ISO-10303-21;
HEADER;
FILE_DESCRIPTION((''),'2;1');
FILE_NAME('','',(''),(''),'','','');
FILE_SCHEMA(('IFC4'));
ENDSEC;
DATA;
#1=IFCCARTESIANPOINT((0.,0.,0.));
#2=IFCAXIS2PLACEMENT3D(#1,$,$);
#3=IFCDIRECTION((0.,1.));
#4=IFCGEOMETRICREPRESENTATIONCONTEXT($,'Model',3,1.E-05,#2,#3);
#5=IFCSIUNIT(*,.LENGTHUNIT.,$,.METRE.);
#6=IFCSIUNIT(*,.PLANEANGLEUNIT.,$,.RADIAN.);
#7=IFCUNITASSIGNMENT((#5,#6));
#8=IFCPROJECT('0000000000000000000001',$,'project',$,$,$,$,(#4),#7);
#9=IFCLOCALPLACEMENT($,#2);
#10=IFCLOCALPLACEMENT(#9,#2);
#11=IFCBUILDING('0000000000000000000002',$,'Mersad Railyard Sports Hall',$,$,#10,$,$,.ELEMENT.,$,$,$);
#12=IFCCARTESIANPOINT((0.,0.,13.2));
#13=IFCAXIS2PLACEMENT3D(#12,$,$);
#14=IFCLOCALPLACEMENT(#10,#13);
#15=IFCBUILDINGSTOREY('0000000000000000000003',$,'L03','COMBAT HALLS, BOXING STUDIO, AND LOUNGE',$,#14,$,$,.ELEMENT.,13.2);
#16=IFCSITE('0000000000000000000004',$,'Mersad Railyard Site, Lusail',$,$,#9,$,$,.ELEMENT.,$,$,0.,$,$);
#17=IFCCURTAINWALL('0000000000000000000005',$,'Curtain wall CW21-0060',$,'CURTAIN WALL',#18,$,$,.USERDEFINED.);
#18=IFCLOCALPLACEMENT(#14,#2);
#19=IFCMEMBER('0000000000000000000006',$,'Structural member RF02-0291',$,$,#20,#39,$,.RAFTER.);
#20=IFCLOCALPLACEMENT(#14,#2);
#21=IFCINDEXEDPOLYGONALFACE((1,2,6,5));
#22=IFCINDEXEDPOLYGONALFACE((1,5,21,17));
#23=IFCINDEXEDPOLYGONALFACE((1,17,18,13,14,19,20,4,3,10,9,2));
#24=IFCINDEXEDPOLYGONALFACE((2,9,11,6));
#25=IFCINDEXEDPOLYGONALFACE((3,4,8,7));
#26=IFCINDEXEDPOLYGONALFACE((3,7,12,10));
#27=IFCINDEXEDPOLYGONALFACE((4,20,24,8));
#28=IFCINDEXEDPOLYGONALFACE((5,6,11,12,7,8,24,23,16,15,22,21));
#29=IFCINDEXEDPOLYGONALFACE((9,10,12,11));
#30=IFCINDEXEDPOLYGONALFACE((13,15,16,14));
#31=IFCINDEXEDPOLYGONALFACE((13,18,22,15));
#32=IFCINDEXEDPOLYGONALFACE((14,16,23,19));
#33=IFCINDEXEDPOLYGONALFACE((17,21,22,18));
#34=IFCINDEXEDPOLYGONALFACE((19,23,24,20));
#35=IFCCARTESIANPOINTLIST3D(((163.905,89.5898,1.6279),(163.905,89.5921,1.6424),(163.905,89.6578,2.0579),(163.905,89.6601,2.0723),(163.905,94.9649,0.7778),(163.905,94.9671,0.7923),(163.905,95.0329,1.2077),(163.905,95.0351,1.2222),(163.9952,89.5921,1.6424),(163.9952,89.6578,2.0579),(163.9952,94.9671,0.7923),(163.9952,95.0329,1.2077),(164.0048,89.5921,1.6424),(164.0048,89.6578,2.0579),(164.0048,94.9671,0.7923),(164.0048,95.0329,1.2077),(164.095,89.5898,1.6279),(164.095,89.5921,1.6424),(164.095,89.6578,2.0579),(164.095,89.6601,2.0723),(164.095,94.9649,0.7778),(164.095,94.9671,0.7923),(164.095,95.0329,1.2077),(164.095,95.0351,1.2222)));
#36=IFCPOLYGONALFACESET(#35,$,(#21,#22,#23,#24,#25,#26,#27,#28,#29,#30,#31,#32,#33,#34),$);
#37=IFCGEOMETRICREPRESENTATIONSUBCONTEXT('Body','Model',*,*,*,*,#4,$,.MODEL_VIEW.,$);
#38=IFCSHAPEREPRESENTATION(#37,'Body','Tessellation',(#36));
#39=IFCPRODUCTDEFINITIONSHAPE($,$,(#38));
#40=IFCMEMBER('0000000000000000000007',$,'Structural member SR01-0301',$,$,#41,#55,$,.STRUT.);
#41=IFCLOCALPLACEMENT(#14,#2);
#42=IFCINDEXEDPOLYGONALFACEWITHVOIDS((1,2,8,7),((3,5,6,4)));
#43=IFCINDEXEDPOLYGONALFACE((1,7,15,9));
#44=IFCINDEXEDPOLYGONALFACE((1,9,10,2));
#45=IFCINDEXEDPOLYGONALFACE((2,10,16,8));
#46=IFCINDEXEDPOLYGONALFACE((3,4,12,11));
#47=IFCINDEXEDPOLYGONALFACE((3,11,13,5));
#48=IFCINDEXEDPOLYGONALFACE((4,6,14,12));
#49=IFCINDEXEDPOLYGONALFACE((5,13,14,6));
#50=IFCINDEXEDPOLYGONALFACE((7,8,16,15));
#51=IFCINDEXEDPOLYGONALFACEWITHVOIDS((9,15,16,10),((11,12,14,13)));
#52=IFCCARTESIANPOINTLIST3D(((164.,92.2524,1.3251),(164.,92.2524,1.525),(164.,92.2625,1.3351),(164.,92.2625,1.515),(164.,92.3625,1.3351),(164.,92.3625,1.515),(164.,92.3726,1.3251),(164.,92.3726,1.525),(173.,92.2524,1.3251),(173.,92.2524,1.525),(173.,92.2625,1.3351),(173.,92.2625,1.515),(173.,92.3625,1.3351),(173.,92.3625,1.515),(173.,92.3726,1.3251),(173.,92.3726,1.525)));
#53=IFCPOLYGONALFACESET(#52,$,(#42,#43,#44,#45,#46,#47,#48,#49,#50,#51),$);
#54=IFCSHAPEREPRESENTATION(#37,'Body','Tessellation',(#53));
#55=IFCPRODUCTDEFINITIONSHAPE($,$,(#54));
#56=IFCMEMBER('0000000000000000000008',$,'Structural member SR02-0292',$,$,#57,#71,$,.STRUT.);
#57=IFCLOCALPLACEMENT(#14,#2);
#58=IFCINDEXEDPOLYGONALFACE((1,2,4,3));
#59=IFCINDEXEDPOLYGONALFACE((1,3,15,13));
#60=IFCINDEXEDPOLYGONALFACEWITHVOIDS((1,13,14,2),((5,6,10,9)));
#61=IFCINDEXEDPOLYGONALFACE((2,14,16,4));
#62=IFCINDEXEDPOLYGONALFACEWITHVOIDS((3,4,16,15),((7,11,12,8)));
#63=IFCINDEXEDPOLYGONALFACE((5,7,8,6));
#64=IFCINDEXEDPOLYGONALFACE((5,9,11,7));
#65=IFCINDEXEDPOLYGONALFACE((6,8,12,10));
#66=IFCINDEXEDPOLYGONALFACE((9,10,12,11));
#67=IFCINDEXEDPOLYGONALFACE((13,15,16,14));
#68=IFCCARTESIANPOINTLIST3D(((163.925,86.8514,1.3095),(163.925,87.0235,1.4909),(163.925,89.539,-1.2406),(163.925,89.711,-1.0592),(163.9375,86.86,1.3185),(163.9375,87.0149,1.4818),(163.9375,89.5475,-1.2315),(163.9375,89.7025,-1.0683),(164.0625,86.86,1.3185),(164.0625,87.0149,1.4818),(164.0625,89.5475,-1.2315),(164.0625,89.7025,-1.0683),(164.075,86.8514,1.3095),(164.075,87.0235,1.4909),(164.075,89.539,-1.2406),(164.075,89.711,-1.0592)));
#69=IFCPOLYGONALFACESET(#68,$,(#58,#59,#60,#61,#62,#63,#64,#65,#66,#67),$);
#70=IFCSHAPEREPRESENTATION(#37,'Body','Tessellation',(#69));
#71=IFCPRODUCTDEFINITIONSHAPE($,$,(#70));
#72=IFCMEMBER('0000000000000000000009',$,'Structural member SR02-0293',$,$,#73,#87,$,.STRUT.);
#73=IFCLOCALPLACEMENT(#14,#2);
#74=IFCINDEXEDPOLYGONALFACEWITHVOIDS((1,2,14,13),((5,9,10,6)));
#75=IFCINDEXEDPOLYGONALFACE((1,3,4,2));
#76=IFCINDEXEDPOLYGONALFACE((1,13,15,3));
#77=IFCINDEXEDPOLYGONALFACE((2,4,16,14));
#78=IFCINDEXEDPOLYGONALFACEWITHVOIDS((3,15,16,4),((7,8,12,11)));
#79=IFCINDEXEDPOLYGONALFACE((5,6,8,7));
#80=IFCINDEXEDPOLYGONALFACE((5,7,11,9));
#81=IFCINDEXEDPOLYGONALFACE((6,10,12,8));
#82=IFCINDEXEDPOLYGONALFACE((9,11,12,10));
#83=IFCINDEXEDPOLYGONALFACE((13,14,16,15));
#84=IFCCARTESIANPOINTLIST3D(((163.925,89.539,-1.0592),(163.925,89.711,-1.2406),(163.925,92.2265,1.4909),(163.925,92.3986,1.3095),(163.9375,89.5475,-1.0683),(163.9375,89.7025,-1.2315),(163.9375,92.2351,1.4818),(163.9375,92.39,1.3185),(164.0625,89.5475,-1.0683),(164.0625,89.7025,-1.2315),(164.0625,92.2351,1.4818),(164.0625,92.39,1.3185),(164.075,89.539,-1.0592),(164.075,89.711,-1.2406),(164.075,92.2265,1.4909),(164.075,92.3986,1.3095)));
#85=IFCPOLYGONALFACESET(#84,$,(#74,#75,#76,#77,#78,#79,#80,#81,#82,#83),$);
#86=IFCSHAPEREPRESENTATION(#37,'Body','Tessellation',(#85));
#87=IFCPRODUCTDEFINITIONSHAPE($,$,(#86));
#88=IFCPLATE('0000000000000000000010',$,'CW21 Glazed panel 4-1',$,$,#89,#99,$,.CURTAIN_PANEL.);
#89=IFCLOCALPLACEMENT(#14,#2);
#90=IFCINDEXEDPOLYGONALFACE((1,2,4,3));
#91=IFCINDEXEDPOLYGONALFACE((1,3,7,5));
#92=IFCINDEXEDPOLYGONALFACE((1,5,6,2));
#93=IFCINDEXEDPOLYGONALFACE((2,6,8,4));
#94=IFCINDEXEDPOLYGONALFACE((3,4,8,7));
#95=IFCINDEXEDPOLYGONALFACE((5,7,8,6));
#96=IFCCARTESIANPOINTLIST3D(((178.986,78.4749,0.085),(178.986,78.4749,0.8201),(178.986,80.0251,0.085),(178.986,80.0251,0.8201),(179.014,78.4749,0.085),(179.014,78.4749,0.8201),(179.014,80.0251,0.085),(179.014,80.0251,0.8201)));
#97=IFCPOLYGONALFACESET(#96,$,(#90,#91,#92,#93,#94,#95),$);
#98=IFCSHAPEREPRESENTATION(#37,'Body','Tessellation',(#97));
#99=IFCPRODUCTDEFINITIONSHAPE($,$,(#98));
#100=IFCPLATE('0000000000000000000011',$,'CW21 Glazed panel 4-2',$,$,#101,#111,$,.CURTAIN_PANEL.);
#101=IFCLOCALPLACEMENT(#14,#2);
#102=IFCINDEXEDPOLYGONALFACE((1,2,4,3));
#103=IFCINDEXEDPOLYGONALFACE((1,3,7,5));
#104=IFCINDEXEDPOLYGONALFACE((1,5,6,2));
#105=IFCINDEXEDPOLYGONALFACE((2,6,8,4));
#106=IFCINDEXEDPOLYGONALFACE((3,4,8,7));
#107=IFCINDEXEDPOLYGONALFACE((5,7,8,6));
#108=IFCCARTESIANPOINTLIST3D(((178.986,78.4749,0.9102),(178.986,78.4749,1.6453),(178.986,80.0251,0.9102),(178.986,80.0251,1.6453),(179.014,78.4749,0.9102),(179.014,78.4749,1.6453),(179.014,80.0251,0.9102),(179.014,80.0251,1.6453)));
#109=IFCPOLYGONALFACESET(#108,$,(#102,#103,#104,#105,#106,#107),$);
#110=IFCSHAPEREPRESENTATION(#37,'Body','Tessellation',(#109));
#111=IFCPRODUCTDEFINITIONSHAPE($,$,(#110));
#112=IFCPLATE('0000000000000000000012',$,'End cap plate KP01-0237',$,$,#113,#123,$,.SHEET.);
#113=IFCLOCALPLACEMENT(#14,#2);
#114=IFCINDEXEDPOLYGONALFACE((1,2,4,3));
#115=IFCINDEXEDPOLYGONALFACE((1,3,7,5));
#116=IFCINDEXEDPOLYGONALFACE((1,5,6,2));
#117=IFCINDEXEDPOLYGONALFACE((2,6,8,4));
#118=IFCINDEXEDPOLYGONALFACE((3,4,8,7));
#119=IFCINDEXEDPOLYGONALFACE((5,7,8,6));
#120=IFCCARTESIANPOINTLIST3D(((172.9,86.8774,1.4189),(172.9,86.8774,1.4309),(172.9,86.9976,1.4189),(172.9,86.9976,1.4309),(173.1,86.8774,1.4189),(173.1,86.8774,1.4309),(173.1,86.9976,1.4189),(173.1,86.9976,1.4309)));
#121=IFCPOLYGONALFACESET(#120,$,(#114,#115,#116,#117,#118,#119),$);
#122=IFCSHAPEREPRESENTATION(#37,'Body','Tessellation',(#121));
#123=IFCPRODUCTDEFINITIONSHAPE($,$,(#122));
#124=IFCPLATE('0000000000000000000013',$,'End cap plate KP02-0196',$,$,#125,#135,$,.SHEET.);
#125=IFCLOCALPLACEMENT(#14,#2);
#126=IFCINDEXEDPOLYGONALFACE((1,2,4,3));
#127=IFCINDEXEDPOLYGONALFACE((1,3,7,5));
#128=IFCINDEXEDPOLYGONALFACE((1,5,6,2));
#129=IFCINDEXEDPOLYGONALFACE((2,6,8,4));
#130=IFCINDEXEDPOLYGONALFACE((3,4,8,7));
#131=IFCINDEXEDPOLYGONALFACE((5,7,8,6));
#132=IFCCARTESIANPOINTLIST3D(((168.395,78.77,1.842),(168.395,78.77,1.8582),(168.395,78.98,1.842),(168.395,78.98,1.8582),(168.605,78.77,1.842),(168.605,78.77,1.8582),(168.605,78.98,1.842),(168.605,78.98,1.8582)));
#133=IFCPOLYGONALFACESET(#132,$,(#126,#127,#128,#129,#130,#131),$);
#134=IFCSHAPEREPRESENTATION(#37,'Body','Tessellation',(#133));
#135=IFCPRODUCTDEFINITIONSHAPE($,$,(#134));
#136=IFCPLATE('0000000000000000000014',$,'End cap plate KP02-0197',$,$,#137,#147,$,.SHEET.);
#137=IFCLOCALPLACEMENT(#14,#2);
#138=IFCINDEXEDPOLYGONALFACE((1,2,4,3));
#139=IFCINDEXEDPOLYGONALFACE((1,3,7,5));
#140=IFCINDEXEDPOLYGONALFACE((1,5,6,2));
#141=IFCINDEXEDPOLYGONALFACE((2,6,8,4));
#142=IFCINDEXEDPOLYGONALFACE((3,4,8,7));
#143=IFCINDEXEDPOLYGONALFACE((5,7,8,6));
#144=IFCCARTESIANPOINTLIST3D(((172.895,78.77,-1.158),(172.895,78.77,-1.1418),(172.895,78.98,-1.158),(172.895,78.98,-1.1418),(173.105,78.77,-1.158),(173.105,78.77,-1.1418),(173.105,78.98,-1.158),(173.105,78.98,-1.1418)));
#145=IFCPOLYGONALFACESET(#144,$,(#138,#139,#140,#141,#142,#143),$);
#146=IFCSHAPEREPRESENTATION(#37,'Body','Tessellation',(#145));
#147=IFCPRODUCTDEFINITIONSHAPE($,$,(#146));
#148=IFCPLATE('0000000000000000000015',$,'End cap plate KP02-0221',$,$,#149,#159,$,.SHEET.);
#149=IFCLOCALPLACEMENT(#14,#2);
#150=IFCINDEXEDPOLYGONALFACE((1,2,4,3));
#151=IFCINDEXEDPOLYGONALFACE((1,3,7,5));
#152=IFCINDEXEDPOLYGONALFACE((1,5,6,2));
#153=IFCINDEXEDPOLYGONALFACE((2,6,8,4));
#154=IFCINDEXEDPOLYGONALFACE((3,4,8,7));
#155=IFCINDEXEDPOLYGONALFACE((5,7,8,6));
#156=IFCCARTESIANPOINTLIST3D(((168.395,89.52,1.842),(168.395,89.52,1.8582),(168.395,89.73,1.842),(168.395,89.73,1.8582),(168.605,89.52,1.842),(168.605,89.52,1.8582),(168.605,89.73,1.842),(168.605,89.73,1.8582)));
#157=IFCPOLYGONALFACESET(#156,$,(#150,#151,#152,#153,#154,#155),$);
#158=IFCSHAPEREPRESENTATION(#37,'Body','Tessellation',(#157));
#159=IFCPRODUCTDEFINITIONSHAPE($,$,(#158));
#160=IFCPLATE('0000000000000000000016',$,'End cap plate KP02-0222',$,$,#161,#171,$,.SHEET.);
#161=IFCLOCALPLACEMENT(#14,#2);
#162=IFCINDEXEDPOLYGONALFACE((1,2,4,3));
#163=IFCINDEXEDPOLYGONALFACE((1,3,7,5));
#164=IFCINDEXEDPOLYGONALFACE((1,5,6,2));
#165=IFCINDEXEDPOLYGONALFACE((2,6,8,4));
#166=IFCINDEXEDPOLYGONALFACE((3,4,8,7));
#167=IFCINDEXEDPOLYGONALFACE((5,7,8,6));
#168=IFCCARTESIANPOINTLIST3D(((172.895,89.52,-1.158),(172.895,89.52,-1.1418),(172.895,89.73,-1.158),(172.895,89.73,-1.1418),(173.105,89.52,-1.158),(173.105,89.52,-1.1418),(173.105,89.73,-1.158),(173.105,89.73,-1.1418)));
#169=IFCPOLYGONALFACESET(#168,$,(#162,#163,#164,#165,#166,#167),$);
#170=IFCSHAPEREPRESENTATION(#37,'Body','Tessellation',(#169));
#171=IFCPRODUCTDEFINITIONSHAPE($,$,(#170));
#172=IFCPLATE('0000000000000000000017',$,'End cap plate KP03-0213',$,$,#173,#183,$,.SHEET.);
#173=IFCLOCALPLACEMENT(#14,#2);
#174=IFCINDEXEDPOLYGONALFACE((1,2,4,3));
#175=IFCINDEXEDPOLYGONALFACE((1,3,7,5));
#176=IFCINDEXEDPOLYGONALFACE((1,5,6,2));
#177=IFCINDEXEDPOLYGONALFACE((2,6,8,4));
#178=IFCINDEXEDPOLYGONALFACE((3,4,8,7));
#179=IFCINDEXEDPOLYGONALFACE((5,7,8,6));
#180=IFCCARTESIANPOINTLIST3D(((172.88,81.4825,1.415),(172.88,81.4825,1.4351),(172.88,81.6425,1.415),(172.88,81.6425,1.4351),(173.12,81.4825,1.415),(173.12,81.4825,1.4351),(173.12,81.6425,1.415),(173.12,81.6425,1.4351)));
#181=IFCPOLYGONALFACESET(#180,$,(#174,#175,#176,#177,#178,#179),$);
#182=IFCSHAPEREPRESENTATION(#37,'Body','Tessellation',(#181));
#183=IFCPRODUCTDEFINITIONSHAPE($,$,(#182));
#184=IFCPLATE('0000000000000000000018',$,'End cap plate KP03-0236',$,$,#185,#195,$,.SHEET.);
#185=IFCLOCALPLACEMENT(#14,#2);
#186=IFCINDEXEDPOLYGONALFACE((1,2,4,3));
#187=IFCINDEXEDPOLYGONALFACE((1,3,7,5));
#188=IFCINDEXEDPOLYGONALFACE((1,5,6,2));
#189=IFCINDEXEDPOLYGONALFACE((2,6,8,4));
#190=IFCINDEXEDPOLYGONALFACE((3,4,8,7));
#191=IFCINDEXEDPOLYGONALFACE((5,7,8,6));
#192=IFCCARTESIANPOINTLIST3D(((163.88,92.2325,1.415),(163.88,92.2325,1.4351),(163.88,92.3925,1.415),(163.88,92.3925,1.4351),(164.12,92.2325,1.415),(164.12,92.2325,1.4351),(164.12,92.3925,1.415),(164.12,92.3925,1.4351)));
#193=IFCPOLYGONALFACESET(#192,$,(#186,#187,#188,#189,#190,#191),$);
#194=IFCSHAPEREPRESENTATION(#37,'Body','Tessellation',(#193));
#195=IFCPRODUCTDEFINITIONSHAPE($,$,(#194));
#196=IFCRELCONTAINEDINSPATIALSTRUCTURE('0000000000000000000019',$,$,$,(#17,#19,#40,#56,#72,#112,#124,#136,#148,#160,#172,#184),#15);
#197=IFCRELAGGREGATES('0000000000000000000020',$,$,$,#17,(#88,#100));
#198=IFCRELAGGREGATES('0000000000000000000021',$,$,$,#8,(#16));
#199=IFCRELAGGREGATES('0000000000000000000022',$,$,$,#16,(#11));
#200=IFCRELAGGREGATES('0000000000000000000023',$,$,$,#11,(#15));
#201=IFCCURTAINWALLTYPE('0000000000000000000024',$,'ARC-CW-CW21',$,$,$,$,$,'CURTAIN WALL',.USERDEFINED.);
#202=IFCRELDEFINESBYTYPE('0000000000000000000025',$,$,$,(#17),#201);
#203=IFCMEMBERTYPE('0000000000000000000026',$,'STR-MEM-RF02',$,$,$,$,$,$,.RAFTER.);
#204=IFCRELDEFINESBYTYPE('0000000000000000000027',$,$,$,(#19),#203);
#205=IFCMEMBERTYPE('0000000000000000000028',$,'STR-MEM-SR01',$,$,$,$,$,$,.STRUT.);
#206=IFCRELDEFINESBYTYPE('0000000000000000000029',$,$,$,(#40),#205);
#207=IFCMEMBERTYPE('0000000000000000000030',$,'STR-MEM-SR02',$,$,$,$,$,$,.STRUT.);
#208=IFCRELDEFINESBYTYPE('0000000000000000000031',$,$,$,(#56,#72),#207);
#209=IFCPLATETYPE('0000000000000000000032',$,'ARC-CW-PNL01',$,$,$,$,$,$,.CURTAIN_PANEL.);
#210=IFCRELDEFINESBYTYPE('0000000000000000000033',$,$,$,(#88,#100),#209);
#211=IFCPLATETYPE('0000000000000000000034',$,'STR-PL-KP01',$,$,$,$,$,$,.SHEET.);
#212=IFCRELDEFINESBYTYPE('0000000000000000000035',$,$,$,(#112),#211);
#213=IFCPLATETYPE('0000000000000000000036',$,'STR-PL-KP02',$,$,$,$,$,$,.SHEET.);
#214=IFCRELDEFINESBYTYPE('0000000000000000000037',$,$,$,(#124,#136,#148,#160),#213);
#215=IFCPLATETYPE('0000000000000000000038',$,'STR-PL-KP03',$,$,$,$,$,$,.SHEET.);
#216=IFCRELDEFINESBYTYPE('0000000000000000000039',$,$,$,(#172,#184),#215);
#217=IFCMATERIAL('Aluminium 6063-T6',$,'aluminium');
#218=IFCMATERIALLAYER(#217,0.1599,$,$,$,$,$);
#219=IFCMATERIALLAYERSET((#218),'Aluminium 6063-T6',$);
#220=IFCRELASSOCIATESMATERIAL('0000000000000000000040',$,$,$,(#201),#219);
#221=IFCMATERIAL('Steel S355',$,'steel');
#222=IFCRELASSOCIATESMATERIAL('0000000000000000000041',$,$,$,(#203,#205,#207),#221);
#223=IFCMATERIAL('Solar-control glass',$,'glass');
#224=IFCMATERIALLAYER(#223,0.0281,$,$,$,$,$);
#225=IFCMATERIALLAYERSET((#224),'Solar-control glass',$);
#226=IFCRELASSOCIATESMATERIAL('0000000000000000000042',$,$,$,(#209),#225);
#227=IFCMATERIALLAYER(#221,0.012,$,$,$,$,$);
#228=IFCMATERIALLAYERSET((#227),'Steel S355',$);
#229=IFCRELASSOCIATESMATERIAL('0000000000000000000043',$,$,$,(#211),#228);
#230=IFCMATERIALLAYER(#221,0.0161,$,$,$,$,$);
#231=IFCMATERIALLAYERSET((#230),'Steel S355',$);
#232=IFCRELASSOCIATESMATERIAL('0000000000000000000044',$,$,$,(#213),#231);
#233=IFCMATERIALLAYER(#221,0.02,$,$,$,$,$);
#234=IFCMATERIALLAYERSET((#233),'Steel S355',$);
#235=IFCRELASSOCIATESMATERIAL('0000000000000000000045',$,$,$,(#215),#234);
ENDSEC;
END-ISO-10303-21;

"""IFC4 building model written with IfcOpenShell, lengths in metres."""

from ifc_helpers import new_model, si_unit, direction, frame, origin, origin_2d, place, context, subcontext, project, spatial, rectangle, hollow_rectangle, i_section, extrude, material, layer, layer_set, material_profile, profile_set, type_object, element, aggregate, save


model = new_model("IFC4")

# Units and contexts
model_context = context("Model", 3, precision=1e-05, world=origin(), true_north=direction((0.0, 1.0)))
body_context = subcontext(model_context, "Body", "Model", "MODEL_VIEW")
ifc_project = project(units=[si_unit("LENGTHUNIT", "METRE"), si_unit("PLANEANGLEUNIT", "RADIAN")], contexts=[model_context])

# Site, building, storey
site_placement = place(None, origin())
site = spatial("IfcSite", under=ifc_project, at=site_placement, Name="Mersad Railyard Site, Lusail", CompositionType="ELEMENT", RefElevation=0.0)
building_placement = place(site_placement, origin())
building = spatial("IfcBuilding", under=site, at=building_placement, Name="Mersad Railyard Sports Hall", CompositionType="ELEMENT")
storey_placement = place(building_placement, frame((0.0, 0.0, 13.2)))
storey = spatial("IfcBuildingStorey", under=building, at=storey_placement, Name="L03", Description="COMBAT HALLS, BOXING STUDIO, AND LOUNGE", CompositionType="ELEMENT", Elevation=13.2)

# Curtain wall
ifc_material_1 = material(Name="Aluminium 6063-T6", Category="aluminium")
ifc_layer_1 = layer(ifc_material_1, 0.1599)
ifc_layer_set_1 = layer_set([ifc_layer_1], Name="Aluminium 6063-T6")
curtain_wall_type = type_object("IfcCurtainWallType", Name="ARC-CW-CW21", ElementType="CURTAIN WALL", PredefinedType="USERDEFINED", material=ifc_layer_set_1)
curtain_wall_placement = place(storey_placement, origin())
curtain_wall = element("IfcCurtainWall", 1, at=curtain_wall_placement, inside=storey, type_object=curtain_wall_type, Name="Curtain wall CW21-0060", ObjectType="CURTAIN WALL", PredefinedType="USERDEFINED")

# Members
ifc_material_2 = material(Name="Steel S355", Category="steel")
ifc_material_profile_1 = material_profile(ifc_material_2, i_section(OverallWidth=0.1899, OverallDepth=0.45, WebThickness=0.0095, FlangeThickness=0.0146, at=origin_2d()), Name="IPE 450")
ifc_profile_set_1 = profile_set([ifc_material_profile_1], Name="Steel S355")
member_type_1 = type_object("IfcMemberType", Name="STR-MEM-RF02", PredefinedType="RAFTER", material=ifc_profile_set_1)
member_1_placement = place(storey_placement, frame((164.0, 95.0, 1.0), z_axis=(0.0, -0.987723, 0.156216), x_axis=(1.0, 0.0, 0.0)))
element("IfcMember", 2, at=member_1_placement, inside=storey, type_object=member_type_1, Name="Structural member RF02-0291", PredefinedType="RAFTER", context=body_context, shape_type="SweptSolid", body=[
    extrude(i_section(OverallWidth=0.1899, OverallDepth=0.45, WebThickness=0.0095, FlangeThickness=0.0146, at=origin_2d()), origin(), (0.0, 0.0, 1.0), 5.4419),
])
ifc_material_profile_2 = material_profile(ifc_material_2, hollow_rectangle(XDim=0.1201, YDim=0.2, WallThickness=0.01, at=origin_2d()), Name="RHS 200x120x10")
ifc_profile_set_2 = profile_set([ifc_material_profile_2], Name="Steel S355")
member_type_2 = type_object("IfcMemberType", Name="STR-MEM-SR01", PredefinedType="STRUT", material=ifc_profile_set_2)
member_2_placement = place(storey_placement, frame((164.0, 92.3125, 1.425), z_axis=(1.0, 0.0, 0.0), x_axis=(0.0, 1.0, 0.0)))
element("IfcMember", 3, at=member_2_placement, inside=storey, type_object=member_type_2, Name="Structural member SR01-0301", PredefinedType="STRUT", context=body_context, shape_type="SweptSolid", body=[
    extrude(hollow_rectangle(XDim=0.1201, YDim=0.2, WallThickness=0.01, at=origin_2d()), origin(), (0.0, 0.0, 1.0), 9.0),
])
ifc_material_profile_3 = material_profile(ifc_material_2, hollow_rectangle(XDim=0.1499, YDim=0.25, WallThickness=0.0125, at=origin_2d()), Name="RHS 250x150x12.5")
ifc_profile_set_3 = profile_set([ifc_material_profile_3], Name="Steel S355")
member_type_3 = type_object("IfcMemberType", Name="STR-MEM-SR02", PredefinedType="STRUT", material=ifc_profile_set_3)
for number, where, z_axis, x_axis, name in (
    (4, (164.0, 89.625, -1.1499), (0.0, -0.725414, 0.688313), (1.0, 0.0, 0.0), "Structural member SR02-0292"),
    (5, (164.0, 89.625, -1.1499), (0.0, 0.725414, 0.688313), (-1.0, 0.0, 0.0), "Structural member SR02-0293"),
):
    element("IfcMember", number, at=place(storey_placement, frame(where, z_axis=z_axis, x_axis=x_axis)), inside=storey, type_object=member_type_3, Name=name, PredefinedType="STRUT", context=body_context, shape_type="SweptSolid", body=[
        extrude(hollow_rectangle(XDim=0.1499, YDim=0.25, WallThickness=0.0125, at=origin_2d()), origin(), (0.0, 0.0, 1.0), 3.7048),
    ])

# Plates
ifc_material_3 = material(Name="Solar-control glass", Category="glass")
ifc_layer_2 = layer(ifc_material_3, 0.0281)
ifc_layer_set_2 = layer_set([ifc_layer_2], Name="Solar-control glass")
plate_type_1 = type_object("IfcPlateType", Name="ARC-CW-PNL01", PredefinedType="CURTAIN_PANEL", material=ifc_layer_set_2)
plate_1_placement = place(storey_placement, frame((179.0, 79.25, 0.085), z_axis=(0.0, 0.0, 1.0), x_axis=(0.0, -1.0, 0.0)))
plate_1 = element("IfcPlate", 6, at=plate_1_placement, type_object=plate_type_1, Name="CW21 Glazed panel 4-1", PredefinedType="CURTAIN_PANEL", context=body_context, shape_type="SweptSolid", body=[
    extrude(rectangle(XDim=1.5503, YDim=0.0281, at=origin_2d()), origin(), (0.0, 0.0, 1.0), 0.7351),
])
plate_2_placement = place(storey_placement, frame((179.0, 79.25, 0.9102), z_axis=(0.0, 0.0, 1.0), x_axis=(0.0, -1.0, 0.0)))
plate_2 = element("IfcPlate", 7, at=plate_2_placement, type_object=plate_type_1, Name="CW21 Glazed panel 4-2", PredefinedType="CURTAIN_PANEL", context=body_context, shape_type="SweptSolid", body=[
    extrude(rectangle(XDim=1.5503, YDim=0.0281, at=origin_2d()), origin(), (0.0, 0.0, 1.0), 0.7351),
])
aggregate(curtain_wall, [plate_1, plate_2])

# Plates
ifc_layer_3 = layer(ifc_material_2, 0.012)
ifc_layer_set_3 = layer_set([ifc_layer_3], Name="Steel S355")
plate_type_2 = type_object("IfcPlateType", Name="STR-PL-KP01", PredefinedType="SHEET", material=ifc_layer_set_3)
plate_3_placement = place(storey_placement, frame((173.0, 86.9375, 1.4189), z_axis=(0.0, 0.0, 1.0), x_axis=(1.0, 0.0, 0.0)))
element("IfcPlate", 8, at=plate_3_placement, inside=storey, type_object=plate_type_2, Name="End cap plate KP01-0237", PredefinedType="SHEET", context=body_context, shape_type="SweptSolid", body=[
    extrude(rectangle(XDim=0.2, YDim=0.1201, at=origin_2d()), origin(), (0.0, 0.0, 1.0), 0.012),
])
ifc_layer_4 = layer(ifc_material_2, 0.0161)
ifc_layer_set_4 = layer_set([ifc_layer_4], Name="Steel S355")
plate_type_3 = type_object("IfcPlateType", Name="STR-PL-KP02", PredefinedType="SHEET", material=ifc_layer_set_4)
for number, where, z_axis, x_axis, name in (
    (9, (168.5, 78.875, 1.842), (0.0, 0.0, 1.0), (1.0, 0.0, 0.0), "End cap plate KP02-0196"),
    (10, (173.0, 78.875, -1.158), (0.0, 0.0, 1.0), (1.0, 0.0, 0.0), "End cap plate KP02-0197"),
    (11, (168.5, 89.625, 1.842), (0.0, 0.0, 1.0), (1.0, 0.0, 0.0), "End cap plate KP02-0221"),
    (12, (173.0, 89.625, -1.158), (0.0, 0.0, 1.0), (1.0, 0.0, 0.0), "End cap plate KP02-0222"),
):
    element("IfcPlate", number, at=place(storey_placement, frame(where, z_axis=z_axis, x_axis=x_axis)), inside=storey, type_object=plate_type_3, Name=name, PredefinedType="SHEET", context=body_context, shape_type="SweptSolid", body=[
        extrude(rectangle(XDim=0.21, YDim=0.21, at=origin_2d()), origin(), (0.0, 0.0, 1.0), 0.0161),
    ])
ifc_layer_5 = layer(ifc_material_2, 0.02)
ifc_layer_set_5 = layer_set([ifc_layer_5], Name="Steel S355")
plate_type_4 = type_object("IfcPlateType", Name="STR-PL-KP03", PredefinedType="SHEET", material=ifc_layer_set_5)
for number, where, z_axis, x_axis, name in (
    (13, (173.0, 81.5625, 1.415), (0.0, 0.0, 1.0), (1.0, 0.0, 0.0), "End cap plate KP03-0213"),
    (14, (164.0, 92.3125, 1.415), (0.0, 0.0, 1.0), (1.0, 0.0, 0.0), "End cap plate KP03-0236"),
):
    element("IfcPlate", number, at=place(storey_placement, frame(where, z_axis=z_axis, x_axis=x_axis)), inside=storey, type_object=plate_type_4, Name=name, PredefinedType="SHEET", context=body_context, shape_type="SweptSolid", body=[
        extrude(rectangle(XDim=0.24, YDim=0.1599, at=origin_2d()), origin(), (0.0, 0.0, 1.0), 0.02),
    ])

save(model, "model.ifc")
